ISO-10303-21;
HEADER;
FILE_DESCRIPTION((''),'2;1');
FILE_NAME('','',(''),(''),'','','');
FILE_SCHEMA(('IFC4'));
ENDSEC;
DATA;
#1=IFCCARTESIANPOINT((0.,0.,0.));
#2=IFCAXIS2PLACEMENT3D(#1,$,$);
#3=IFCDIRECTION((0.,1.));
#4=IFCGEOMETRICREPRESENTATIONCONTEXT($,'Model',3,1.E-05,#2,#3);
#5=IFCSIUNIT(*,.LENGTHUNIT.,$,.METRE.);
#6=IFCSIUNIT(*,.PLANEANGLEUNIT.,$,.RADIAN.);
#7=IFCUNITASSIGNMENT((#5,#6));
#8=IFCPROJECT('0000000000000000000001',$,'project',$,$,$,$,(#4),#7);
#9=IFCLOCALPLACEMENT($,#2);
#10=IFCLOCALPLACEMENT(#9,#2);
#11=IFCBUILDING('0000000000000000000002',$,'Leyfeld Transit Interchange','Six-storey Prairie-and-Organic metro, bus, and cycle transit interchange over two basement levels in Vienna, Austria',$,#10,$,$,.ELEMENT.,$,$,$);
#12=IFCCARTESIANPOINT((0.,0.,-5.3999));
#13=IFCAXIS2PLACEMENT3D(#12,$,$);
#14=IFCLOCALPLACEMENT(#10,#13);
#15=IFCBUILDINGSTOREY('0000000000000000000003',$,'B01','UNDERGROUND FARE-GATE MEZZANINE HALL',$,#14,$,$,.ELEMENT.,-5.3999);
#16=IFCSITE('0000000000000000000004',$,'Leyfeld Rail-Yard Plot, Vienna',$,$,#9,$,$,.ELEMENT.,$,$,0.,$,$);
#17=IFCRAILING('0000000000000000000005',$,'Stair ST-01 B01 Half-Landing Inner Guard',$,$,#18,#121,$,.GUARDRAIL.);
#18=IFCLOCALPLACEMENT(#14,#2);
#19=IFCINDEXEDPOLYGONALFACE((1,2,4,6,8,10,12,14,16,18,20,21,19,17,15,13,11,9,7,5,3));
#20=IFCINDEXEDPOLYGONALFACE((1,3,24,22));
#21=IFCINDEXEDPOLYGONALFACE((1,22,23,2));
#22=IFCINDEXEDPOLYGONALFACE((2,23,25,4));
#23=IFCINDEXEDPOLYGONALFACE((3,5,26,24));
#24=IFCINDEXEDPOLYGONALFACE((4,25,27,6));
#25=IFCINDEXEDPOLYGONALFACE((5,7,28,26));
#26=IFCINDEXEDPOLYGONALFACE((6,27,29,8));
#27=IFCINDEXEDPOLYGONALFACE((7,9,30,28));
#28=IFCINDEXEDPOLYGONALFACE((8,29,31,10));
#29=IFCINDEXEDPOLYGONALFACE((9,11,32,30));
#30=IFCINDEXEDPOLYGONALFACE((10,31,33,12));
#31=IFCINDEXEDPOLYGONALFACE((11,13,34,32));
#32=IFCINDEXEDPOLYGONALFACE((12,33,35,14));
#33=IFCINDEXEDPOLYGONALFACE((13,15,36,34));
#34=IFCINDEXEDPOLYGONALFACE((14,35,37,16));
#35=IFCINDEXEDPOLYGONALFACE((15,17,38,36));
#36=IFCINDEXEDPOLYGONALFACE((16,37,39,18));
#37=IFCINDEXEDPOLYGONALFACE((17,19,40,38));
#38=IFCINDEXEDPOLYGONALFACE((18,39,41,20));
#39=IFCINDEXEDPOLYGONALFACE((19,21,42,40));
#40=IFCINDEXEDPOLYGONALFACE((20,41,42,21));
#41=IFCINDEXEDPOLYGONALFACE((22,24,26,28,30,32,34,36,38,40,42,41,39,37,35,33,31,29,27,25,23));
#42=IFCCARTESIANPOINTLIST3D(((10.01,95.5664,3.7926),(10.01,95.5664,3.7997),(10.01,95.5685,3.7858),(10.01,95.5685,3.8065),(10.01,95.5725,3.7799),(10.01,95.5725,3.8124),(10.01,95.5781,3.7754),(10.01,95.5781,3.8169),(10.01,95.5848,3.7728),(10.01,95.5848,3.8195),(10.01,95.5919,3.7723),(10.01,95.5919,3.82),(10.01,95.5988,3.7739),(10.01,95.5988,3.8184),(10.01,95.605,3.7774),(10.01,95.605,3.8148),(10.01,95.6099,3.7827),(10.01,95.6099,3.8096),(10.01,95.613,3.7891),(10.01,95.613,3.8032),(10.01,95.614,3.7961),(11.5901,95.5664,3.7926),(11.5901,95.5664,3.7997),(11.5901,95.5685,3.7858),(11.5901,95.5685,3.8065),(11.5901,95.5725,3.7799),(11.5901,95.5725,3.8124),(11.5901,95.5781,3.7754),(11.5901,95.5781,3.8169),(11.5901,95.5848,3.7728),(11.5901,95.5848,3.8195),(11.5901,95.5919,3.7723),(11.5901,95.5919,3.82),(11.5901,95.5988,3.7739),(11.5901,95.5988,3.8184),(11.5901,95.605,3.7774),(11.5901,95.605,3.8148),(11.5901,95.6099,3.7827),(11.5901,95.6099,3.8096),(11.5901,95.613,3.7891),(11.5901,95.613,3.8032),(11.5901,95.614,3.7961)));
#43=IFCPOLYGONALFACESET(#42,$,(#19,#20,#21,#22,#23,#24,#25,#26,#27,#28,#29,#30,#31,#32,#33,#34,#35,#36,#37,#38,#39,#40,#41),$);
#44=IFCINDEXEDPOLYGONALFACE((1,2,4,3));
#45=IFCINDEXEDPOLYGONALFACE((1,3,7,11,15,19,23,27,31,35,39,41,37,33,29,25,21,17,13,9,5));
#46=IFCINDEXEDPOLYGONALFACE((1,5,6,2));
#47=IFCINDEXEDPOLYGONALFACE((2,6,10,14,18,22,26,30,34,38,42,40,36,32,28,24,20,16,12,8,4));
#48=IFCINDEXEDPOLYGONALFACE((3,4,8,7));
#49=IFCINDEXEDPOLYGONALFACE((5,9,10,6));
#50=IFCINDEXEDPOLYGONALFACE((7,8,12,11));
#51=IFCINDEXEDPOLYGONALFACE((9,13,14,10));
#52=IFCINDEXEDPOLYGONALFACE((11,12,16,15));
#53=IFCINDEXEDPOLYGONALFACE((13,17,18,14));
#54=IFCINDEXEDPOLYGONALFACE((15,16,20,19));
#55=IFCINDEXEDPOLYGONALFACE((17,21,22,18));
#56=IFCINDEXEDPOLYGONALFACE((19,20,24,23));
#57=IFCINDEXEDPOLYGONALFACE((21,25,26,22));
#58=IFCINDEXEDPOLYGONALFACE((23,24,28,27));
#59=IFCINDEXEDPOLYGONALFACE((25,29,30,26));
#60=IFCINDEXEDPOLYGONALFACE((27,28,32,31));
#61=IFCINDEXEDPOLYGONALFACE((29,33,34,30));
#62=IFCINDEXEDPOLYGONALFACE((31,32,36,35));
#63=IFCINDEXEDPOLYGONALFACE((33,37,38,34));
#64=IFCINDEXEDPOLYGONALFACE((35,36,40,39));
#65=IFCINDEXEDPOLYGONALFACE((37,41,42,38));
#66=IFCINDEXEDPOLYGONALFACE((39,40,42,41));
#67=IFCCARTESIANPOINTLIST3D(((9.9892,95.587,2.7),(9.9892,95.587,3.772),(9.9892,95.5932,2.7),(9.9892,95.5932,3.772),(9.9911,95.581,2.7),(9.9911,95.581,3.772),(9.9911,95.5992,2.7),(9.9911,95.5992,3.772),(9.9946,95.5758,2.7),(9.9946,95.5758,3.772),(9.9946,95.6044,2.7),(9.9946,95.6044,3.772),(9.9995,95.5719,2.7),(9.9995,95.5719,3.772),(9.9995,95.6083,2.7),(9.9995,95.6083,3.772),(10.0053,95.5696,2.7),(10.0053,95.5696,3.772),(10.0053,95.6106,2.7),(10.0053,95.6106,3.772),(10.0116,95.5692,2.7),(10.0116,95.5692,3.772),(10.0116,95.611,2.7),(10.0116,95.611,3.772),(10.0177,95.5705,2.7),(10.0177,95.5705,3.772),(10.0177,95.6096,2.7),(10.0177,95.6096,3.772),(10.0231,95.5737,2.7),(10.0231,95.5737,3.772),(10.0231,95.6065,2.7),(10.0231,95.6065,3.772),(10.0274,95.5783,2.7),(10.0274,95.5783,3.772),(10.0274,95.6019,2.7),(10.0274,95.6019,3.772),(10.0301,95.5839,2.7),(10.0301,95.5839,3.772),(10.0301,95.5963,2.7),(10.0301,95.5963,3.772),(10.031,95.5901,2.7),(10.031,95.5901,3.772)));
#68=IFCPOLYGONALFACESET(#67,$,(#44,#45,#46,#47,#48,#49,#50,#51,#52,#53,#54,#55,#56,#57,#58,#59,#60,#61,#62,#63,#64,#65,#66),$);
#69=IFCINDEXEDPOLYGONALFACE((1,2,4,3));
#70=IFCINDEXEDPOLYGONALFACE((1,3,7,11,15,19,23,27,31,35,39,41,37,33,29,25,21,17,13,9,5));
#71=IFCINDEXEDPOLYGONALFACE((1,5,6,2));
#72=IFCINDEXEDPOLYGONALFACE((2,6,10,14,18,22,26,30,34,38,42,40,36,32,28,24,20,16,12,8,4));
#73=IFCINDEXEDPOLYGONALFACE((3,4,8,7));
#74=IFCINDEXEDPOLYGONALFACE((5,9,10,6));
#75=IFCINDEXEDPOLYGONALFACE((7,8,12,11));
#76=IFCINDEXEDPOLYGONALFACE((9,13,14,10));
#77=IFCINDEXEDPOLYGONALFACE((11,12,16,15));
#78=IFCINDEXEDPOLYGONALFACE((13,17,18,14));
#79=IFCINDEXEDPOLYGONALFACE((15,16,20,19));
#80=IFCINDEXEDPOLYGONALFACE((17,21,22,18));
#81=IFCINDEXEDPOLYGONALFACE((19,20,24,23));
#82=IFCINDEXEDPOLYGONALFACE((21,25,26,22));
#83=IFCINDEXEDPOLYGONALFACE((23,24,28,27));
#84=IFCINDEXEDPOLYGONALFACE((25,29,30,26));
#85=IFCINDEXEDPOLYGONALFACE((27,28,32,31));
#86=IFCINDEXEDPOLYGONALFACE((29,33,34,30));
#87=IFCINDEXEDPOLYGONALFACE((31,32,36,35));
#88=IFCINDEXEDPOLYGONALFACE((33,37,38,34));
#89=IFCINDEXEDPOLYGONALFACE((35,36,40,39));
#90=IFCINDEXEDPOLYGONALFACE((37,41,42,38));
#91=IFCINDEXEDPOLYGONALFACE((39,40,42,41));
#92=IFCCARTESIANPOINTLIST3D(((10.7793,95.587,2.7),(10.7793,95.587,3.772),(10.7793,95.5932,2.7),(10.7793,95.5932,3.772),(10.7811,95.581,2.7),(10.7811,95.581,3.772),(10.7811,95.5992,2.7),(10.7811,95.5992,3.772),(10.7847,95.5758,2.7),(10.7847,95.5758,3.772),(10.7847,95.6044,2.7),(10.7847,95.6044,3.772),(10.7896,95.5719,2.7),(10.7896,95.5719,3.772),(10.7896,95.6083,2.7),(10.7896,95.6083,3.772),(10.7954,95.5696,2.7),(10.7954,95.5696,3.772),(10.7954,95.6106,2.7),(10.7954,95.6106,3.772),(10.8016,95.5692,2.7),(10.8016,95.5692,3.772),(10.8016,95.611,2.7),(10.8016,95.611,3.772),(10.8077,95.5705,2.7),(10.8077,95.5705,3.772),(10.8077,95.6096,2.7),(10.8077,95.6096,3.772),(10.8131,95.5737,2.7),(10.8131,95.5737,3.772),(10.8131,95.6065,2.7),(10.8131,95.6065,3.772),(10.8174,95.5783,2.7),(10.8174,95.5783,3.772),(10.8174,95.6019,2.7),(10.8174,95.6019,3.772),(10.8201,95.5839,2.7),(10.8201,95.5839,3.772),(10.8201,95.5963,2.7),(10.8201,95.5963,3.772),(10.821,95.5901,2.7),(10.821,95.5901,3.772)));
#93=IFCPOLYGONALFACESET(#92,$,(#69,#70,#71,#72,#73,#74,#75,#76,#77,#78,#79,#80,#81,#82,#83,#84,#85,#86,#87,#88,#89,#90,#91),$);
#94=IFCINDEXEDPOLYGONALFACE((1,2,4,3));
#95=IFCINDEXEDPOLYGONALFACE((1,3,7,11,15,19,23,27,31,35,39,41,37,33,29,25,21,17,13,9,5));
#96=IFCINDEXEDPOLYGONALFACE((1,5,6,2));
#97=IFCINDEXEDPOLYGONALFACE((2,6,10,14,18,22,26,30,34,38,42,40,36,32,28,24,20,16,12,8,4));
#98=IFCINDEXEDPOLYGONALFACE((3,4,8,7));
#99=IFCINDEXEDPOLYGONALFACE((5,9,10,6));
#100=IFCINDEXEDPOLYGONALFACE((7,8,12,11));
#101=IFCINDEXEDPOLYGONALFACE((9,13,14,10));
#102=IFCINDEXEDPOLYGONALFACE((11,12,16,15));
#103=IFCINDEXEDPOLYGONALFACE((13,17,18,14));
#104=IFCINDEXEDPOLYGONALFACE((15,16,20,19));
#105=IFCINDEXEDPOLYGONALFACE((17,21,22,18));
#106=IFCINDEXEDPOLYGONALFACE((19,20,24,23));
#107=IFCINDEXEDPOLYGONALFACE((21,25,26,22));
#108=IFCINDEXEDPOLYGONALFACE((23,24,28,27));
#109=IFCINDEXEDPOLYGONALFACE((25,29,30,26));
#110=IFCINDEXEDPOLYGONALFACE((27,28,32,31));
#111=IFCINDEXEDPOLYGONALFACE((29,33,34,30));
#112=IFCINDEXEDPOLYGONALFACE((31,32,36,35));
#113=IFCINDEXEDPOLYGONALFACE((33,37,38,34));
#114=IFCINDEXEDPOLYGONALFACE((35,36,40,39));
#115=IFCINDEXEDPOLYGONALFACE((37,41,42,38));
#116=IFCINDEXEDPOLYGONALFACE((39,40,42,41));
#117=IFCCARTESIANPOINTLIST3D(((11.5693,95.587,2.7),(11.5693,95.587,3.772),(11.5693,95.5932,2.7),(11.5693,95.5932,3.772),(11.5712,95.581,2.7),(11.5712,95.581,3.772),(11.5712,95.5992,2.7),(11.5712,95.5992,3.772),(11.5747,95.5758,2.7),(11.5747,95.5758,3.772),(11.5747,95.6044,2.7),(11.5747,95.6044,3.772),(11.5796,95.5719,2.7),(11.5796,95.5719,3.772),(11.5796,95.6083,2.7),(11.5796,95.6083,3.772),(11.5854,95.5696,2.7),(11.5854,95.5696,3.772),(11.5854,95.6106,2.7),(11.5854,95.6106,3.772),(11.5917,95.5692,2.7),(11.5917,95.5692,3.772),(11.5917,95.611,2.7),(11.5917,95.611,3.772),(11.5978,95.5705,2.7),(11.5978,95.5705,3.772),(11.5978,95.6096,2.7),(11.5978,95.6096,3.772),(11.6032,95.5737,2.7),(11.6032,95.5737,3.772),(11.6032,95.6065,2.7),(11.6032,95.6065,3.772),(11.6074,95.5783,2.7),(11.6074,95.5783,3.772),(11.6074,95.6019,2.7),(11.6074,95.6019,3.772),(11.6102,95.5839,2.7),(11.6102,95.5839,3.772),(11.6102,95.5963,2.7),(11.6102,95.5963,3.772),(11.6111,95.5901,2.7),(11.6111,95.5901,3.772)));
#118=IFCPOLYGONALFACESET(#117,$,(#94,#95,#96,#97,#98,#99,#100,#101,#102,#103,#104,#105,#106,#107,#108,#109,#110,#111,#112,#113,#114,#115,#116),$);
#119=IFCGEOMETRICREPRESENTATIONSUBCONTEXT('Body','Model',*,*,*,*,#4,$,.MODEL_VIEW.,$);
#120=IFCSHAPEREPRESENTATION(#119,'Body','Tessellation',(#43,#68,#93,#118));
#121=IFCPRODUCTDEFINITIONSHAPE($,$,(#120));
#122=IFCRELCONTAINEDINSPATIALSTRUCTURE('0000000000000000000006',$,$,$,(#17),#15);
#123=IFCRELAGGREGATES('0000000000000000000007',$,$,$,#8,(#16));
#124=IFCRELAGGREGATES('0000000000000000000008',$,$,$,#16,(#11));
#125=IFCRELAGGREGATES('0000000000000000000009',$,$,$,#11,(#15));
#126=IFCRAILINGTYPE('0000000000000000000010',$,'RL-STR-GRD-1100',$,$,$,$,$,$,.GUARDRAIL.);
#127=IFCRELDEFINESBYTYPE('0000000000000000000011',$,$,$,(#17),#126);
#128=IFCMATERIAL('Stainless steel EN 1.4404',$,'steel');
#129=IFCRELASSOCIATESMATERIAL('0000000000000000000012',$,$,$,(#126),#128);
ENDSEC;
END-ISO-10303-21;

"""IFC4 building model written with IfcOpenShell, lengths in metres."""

from ifc_helpers import new_model, si_unit, direction, frame, origin, origin_2d, place, context, subcontext, project, spatial, circle, extrude, material, type_object, element, save


model = new_model("IFC4")

# Units and contexts
model_context = context("Model", 3, precision=1e-05, world=origin(), true_north=direction((0.0, 1.0)))
body_context = subcontext(model_context, "Body", "Model", "MODEL_VIEW")
ifc_project = project(units=[si_unit("LENGTHUNIT", "METRE"), si_unit("PLANEANGLEUNIT", "RADIAN")], contexts=[model_context])

# Site, building, storey
site_placement = place(None, origin())
site = spatial("IfcSite", under=ifc_project, at=site_placement, Name="Leyfeld Rail-Yard Plot, Vienna", CompositionType="ELEMENT", RefElevation=0.0)
building_placement = place(site_placement, origin())
building = spatial("IfcBuilding", under=site, at=building_placement, Name="Leyfeld Transit Interchange", Description="Six-storey Prairie-and-Organic metro, bus, and cycle transit interchange over two basement levels in Vienna, Austria", CompositionType="ELEMENT")
storey_placement = place(building_placement, frame((0.0, 0.0, -5.3999)))
storey = spatial("IfcBuildingStorey", under=building, at=storey_placement, Name="B01", Description="UNDERGROUND FARE-GATE MEZZANINE HALL", CompositionType="ELEMENT", Elevation=-5.3999)

# Railing
ifc_material_1 = material(Name="Stainless steel EN 1.4404", Category="steel")
railing_type = type_object("IfcRailingType", Name="RL-STR-GRD-1100", PredefinedType="GUARDRAIL", material=ifc_material_1)
railing_1_placement = place(storey_placement, frame((10.01, 95.5901, 2.7)))
element("IfcRailing", 1, at=railing_1_placement, inside=storey, type_object=railing_type, Name="Stair ST-01 B01 Half-Landing Inner Guard", PredefinedType="GUARDRAIL", context=body_context, shape_type="SweptSolid", body=[
    extrude(circle(Radius=0.0239, at=origin_2d()), frame((0.0, 0.0, 1.0962), z_axis=(1.0, 0.0, 0.0), x_axis=(0.0, 1.0, 0.0)), (0.0, 0.0, 1.0), 1.5801),
    extrude(circle(Radius=0.021, at=origin_2d()), origin(), (0.0, 0.0, 1.0), 1.072),
    extrude(circle(Radius=0.021, at=origin_2d()), frame((0.79, 0.0, 0.0)), (0.0, 0.0, 1.0), 1.072),
    extrude(circle(Radius=0.021, at=origin_2d()), frame((1.5801, 0.0, 0.0)), (0.0, 0.0, 1.0), 1.072),
])

save(model, "model.ifc")
